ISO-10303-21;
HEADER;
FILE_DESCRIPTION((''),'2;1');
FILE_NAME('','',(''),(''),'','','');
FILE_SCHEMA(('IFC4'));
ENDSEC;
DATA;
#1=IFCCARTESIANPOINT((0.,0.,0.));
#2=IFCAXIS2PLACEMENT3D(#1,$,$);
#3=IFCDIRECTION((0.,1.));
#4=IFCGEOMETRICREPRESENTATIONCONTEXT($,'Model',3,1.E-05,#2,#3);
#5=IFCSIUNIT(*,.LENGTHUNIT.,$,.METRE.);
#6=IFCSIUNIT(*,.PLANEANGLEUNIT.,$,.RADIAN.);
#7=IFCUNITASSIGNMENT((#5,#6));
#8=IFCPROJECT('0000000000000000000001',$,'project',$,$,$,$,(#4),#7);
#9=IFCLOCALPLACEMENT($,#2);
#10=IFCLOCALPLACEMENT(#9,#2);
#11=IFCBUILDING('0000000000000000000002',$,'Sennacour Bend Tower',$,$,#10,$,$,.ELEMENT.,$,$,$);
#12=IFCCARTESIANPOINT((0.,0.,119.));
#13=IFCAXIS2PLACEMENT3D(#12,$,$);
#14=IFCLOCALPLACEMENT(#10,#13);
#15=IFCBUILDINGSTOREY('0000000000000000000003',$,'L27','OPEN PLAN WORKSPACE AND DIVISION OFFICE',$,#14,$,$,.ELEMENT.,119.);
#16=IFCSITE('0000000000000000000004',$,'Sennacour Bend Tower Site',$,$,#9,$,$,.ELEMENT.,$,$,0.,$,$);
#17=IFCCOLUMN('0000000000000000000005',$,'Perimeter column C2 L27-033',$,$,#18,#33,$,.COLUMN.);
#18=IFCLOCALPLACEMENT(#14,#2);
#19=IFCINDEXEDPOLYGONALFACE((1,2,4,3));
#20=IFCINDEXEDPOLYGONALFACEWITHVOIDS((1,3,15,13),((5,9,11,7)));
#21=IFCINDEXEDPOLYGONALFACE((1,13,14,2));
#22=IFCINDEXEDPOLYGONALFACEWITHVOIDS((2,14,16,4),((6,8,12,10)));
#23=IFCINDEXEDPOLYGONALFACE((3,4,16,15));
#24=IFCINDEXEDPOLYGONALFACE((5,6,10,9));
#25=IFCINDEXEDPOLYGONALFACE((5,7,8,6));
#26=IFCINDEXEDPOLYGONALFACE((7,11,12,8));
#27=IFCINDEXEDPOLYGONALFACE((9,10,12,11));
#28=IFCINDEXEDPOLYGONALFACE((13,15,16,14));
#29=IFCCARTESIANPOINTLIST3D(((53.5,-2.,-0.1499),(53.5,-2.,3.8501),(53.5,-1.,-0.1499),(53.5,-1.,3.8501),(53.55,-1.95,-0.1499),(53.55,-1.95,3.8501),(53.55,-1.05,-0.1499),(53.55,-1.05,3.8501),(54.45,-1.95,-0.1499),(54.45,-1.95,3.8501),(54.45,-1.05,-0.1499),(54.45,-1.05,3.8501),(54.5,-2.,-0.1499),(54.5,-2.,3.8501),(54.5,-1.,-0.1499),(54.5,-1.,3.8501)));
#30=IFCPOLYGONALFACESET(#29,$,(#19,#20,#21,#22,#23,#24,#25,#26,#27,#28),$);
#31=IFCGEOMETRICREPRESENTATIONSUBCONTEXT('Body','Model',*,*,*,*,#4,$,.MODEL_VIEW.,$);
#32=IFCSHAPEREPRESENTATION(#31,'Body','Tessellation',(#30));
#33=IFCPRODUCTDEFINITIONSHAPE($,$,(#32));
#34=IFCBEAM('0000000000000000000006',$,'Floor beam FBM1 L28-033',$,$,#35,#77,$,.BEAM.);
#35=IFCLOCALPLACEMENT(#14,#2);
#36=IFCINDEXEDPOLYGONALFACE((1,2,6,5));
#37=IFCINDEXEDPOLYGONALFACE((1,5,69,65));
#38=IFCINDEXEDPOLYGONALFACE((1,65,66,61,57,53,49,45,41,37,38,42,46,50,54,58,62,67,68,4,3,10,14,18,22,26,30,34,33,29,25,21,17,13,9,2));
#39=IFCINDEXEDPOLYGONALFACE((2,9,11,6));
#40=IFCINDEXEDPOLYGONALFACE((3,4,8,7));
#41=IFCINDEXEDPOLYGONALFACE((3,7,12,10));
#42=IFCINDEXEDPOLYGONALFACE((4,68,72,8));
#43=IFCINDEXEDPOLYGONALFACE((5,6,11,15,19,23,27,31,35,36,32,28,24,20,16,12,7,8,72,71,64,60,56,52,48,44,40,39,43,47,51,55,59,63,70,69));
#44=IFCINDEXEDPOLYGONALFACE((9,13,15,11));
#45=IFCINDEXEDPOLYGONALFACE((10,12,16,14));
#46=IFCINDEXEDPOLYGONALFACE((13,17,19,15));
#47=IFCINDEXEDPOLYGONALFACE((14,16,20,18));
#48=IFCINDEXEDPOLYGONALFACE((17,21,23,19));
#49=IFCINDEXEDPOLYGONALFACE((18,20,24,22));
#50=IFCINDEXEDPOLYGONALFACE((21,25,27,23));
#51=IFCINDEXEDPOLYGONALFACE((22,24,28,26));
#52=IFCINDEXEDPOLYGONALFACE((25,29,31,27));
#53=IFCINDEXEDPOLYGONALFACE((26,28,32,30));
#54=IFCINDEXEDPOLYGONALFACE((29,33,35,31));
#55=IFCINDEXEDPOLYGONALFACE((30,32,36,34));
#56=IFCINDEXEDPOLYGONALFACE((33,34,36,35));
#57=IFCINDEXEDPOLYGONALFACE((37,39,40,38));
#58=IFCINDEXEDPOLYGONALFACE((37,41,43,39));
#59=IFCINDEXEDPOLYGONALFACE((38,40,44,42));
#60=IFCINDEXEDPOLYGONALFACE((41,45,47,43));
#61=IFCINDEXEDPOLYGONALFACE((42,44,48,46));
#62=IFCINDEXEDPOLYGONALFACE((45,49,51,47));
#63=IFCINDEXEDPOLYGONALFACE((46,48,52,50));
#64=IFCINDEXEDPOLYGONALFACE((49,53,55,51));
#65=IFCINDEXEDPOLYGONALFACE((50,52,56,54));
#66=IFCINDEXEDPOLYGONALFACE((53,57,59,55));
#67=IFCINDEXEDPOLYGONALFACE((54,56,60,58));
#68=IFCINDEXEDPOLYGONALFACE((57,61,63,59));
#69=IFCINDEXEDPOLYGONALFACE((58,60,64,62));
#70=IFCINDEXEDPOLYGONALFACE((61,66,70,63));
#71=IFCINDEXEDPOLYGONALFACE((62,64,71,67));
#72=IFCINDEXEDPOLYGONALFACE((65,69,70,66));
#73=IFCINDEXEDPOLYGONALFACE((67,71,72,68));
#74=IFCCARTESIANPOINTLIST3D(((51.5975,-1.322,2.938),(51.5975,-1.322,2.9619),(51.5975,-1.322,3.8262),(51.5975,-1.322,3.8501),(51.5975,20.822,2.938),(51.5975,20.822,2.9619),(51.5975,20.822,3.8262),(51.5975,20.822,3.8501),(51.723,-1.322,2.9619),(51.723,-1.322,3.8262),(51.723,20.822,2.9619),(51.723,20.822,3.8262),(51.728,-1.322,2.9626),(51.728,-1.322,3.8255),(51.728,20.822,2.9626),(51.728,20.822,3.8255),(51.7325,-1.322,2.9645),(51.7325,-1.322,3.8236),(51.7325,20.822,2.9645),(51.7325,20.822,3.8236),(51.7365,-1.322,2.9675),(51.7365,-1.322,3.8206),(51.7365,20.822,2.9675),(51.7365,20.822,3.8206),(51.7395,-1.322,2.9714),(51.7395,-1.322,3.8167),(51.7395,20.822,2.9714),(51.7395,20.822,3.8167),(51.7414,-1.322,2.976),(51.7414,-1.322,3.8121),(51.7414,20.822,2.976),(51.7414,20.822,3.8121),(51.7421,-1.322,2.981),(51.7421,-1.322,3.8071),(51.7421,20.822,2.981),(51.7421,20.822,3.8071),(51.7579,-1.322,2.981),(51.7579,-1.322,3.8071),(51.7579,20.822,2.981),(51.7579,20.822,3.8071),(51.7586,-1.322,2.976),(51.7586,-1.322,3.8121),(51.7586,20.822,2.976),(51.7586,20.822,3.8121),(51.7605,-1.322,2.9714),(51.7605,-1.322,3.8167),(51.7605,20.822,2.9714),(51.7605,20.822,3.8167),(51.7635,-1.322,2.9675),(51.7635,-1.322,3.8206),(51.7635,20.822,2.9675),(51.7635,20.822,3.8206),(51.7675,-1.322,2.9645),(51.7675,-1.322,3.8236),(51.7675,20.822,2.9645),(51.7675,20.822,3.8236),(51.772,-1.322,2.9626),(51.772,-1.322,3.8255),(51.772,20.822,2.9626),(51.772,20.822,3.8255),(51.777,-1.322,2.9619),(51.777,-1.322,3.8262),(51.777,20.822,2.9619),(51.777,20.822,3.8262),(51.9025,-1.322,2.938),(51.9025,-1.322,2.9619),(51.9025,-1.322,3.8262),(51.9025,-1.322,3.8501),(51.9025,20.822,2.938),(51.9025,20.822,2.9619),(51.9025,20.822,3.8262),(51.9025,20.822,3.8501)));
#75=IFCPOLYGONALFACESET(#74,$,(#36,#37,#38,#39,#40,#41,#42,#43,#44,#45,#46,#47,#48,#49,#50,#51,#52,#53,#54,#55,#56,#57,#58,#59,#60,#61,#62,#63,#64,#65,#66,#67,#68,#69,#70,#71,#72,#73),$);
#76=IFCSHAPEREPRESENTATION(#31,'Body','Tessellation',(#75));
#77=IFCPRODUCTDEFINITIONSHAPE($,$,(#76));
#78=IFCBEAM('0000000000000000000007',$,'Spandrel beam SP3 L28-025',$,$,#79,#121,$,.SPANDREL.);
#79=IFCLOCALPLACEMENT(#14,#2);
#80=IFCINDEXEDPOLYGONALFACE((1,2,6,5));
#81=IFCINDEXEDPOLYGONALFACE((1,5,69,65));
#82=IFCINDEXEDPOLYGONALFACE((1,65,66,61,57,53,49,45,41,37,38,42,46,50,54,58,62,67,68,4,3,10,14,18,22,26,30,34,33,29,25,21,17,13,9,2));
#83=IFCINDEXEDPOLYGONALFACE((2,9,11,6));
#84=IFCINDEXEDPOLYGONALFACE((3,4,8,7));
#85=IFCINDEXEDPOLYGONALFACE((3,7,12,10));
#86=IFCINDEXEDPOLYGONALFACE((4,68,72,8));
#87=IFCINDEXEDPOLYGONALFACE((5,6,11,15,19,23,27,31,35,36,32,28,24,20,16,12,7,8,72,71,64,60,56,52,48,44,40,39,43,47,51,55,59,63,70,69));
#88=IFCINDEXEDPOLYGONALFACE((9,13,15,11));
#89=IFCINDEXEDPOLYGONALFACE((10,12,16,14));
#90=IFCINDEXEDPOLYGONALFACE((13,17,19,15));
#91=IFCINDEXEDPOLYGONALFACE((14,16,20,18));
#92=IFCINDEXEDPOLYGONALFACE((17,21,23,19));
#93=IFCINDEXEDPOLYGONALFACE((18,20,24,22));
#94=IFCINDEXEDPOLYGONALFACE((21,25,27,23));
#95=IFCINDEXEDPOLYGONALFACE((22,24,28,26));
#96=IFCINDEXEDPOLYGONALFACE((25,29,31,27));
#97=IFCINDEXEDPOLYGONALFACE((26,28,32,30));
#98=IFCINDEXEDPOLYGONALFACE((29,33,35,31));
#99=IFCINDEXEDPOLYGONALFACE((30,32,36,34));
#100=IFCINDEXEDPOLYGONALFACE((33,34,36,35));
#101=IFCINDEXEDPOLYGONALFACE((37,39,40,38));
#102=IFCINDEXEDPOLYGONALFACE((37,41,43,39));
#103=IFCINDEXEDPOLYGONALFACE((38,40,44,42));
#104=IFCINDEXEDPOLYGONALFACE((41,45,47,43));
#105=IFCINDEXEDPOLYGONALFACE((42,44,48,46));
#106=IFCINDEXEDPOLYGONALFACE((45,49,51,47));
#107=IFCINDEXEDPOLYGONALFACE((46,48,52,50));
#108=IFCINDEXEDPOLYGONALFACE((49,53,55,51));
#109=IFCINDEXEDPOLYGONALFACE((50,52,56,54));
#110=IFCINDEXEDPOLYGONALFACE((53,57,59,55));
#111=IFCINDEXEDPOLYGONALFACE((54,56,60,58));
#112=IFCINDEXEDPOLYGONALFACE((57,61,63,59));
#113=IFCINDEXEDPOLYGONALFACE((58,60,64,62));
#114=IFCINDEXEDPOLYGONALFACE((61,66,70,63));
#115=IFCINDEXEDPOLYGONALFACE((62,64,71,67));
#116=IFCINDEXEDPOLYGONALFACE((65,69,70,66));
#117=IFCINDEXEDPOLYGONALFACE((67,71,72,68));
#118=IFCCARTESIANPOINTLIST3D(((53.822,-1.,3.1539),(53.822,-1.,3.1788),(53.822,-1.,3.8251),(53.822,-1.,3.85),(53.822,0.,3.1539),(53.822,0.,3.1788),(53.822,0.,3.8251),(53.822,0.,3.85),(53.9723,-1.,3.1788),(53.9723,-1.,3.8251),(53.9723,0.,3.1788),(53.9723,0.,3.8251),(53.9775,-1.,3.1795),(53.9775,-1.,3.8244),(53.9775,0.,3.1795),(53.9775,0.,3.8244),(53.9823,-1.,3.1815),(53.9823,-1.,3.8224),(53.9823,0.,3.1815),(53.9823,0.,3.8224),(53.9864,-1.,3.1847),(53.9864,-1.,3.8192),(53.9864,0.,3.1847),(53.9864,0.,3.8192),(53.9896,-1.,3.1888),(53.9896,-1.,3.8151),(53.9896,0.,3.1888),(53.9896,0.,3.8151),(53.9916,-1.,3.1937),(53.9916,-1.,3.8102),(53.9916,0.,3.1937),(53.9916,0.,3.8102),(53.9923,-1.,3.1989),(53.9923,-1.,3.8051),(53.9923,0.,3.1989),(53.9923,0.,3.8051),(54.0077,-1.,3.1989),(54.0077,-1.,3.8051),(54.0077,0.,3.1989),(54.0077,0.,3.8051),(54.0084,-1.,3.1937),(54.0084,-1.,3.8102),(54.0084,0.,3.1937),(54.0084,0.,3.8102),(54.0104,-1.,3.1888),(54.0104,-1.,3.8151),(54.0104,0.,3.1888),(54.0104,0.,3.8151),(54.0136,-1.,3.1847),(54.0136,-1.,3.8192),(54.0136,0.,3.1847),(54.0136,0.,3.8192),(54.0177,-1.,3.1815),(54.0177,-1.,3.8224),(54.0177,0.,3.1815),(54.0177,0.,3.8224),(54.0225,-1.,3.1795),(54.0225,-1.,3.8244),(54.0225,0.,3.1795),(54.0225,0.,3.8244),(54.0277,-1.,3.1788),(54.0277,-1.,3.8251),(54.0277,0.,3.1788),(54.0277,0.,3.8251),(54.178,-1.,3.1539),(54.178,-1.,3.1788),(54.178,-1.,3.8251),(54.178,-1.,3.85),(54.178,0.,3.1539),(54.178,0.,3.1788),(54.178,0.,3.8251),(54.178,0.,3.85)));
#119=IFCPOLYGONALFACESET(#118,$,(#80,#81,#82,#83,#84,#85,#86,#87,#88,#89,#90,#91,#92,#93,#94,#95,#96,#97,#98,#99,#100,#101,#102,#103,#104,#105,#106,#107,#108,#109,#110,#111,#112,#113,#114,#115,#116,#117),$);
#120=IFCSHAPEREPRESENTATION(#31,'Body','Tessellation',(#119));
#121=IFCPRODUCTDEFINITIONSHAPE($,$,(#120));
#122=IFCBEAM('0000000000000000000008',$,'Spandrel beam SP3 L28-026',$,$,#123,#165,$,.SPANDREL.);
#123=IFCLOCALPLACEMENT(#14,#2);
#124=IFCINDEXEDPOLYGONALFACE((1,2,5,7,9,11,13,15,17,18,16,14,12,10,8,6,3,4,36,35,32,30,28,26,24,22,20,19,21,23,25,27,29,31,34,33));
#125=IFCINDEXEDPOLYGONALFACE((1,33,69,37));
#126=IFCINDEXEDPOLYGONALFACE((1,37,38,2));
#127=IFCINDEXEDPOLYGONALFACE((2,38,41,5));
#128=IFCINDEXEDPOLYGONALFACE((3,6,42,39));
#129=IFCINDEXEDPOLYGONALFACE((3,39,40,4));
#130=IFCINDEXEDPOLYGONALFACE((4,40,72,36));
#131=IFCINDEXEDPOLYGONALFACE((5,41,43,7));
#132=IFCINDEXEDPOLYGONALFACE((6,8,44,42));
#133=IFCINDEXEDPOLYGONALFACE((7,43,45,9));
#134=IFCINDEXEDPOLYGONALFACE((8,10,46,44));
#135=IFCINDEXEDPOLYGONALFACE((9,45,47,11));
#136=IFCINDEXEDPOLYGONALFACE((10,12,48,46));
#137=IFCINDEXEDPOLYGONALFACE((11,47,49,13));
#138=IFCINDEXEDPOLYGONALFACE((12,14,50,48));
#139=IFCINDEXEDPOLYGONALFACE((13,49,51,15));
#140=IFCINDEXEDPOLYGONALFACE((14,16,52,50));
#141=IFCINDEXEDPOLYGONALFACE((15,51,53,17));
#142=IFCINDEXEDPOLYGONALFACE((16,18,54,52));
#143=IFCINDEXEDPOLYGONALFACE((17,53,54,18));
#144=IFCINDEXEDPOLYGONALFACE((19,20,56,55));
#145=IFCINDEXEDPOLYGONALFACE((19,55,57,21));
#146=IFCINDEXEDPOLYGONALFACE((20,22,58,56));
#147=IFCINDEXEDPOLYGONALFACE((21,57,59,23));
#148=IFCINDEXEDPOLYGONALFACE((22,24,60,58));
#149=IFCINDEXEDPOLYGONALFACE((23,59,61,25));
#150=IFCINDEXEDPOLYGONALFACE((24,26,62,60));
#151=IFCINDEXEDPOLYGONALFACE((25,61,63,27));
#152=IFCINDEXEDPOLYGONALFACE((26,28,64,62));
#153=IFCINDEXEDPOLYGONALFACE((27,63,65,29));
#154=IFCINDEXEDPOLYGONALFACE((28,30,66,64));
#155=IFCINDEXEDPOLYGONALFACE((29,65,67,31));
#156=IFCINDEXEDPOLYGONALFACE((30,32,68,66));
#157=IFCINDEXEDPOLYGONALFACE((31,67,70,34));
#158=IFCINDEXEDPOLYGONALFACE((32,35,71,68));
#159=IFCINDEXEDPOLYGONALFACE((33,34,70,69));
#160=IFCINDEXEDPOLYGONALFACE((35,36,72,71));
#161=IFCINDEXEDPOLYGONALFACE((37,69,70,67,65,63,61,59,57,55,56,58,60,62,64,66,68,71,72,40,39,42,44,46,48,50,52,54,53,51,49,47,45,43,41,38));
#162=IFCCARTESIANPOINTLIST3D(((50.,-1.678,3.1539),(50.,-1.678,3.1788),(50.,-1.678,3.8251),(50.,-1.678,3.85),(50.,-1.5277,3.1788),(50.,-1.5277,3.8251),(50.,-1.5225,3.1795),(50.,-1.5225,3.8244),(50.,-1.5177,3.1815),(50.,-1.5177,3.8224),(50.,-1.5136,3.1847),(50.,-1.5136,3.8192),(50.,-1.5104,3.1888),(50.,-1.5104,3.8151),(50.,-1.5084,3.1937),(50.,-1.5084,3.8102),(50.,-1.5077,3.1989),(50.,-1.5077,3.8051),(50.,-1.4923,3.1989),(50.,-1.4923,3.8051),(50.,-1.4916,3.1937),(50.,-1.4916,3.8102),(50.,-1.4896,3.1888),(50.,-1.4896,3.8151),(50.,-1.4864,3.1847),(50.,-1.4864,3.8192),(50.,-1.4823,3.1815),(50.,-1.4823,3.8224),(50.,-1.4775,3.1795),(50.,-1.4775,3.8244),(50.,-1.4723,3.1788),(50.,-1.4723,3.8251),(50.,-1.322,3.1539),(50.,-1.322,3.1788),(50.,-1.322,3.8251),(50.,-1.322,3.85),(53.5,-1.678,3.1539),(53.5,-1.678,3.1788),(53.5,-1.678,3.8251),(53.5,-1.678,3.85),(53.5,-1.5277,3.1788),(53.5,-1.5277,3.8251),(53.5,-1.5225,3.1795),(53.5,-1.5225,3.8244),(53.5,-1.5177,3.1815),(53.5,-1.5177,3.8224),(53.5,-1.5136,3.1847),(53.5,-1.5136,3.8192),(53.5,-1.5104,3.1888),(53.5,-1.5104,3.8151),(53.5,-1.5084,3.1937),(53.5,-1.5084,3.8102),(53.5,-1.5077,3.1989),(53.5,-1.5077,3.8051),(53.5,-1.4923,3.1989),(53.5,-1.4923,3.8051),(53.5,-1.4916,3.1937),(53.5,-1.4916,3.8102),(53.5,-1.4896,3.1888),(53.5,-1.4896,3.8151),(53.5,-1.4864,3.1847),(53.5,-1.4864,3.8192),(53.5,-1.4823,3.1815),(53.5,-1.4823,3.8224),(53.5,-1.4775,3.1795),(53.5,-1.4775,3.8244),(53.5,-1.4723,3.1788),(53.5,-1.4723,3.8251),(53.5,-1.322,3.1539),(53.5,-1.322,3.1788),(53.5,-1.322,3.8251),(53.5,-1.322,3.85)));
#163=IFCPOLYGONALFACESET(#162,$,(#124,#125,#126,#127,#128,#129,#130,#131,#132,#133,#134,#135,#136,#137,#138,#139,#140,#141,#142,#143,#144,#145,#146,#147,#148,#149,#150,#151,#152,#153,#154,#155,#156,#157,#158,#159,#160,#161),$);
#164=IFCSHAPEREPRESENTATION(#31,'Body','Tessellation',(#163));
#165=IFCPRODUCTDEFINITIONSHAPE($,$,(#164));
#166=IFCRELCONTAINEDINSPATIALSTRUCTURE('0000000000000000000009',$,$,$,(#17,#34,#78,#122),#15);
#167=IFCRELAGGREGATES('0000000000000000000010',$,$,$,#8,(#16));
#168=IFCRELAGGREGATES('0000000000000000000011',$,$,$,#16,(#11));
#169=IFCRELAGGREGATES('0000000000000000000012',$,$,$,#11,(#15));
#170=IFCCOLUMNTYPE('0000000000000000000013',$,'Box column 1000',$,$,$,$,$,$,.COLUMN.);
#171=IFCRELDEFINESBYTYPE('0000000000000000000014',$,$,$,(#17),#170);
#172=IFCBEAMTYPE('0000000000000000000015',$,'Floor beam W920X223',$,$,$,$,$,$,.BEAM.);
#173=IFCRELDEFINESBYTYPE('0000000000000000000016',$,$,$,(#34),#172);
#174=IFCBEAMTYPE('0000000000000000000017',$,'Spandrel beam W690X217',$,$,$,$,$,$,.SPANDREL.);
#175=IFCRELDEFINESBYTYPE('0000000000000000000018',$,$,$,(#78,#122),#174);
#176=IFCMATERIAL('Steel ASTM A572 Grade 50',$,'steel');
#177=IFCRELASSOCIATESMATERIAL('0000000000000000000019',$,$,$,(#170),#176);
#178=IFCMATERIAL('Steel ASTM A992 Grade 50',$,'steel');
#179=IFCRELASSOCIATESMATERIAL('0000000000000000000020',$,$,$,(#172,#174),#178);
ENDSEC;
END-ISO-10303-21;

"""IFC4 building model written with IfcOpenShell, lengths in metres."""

from ifc_helpers import new_model, si_unit, direction, frame, origin, origin_2d, place, context, subcontext, project, spatial, hollow_rectangle, i_section, extrude, material, material_profile, profile_set, type_object, element, save


model = new_model("IFC4")

# Units and contexts
model_context = context("Model", 3, precision=1e-05, world=origin(), true_north=direction((0.0, 1.0)))
body_context = subcontext(model_context, "Body", "Model", "MODEL_VIEW")
ifc_project = project(units=[si_unit("LENGTHUNIT", "METRE"), si_unit("PLANEANGLEUNIT", "RADIAN")], contexts=[model_context])

# Site, building, storey
site_placement = place(None, origin())
site = spatial("IfcSite", under=ifc_project, at=site_placement, Name="Sennacour Bend Tower Site", CompositionType="ELEMENT", RefElevation=0.0)
building_placement = place(site_placement, origin())
building = spatial("IfcBuilding", under=site, at=building_placement, Name="Sennacour Bend Tower", CompositionType="ELEMENT")
storey_placement = place(building_placement, frame((0.0, 0.0, 119.0)))
storey = spatial("IfcBuildingStorey", under=building, at=storey_placement, Name="L27", Description="OPEN PLAN WORKSPACE AND DIVISION OFFICE", CompositionType="ELEMENT", Elevation=119.0)

# Column
ifc_material_1 = material(Name="Steel ASTM A572 Grade 50", Category="steel")
ifc_material_profile_1 = material_profile(ifc_material_1, hollow_rectangle(XDim=1.0, YDim=1.0, WallThickness=0.05, at=origin_2d()), Name="Steel ASTM A572 Grade 50", Category="steel")
ifc_profile_set_1 = profile_set([ifc_material_profile_1], Name="Steel ASTM A572 Grade 50")
column_type = type_object("IfcColumnType", Name="Box column 1000", PredefinedType="COLUMN", material=ifc_profile_set_1)
column_placement = place(storey_placement, frame((54.0, -1.5, -0.1499), z_axis=(0.0, 0.0, 1.0), x_axis=(1.0, 0.0, 0.0)))
element("IfcColumn", 1, at=column_placement, inside=storey, type_object=column_type, Name="Perimeter column C2 L27-033", PredefinedType="COLUMN", context=body_context, shape_type="SweptSolid", body=[
    extrude(hollow_rectangle(XDim=1.0, YDim=1.0, WallThickness=0.05, at=origin_2d()), origin(), (0.0, 0.0, 1.0), 4.0),
])

# Beams
ifc_material_2 = material(Name="Steel ASTM A992 Grade 50", Category="steel")
ifc_material_profile_2 = material_profile(ifc_material_2, i_section(OverallWidth=0.3049, OverallDepth=0.9121, WebThickness=0.0159, FlangeThickness=0.0239, FilletRadius=0.019, at=origin_2d()), Name="Steel ASTM A992 Grade 50", Category="steel")
ifc_profile_set_2 = profile_set([ifc_material_profile_2], Name="Steel ASTM A992 Grade 50")
beam_type_1 = type_object("IfcBeamType", Name="Floor beam W920X223", PredefinedType="BEAM", material=ifc_profile_set_2)
beam_1_placement = place(storey_placement, frame((51.75, -1.322, 3.394), z_axis=(0.0, 1.0, 0.0), x_axis=(-1.0, 0.0, 0.0)))
element("IfcBeam", 2, at=beam_1_placement, inside=storey, type_object=beam_type_1, Name="Floor beam FBM1 L28-033", PredefinedType="BEAM", context=body_context, shape_type="SweptSolid", body=[
    extrude(i_section(OverallWidth=0.3049, OverallDepth=0.9121, WebThickness=0.0159, FlangeThickness=0.0239, FilletRadius=0.019, at=origin_2d()), origin(), (0.0, 0.0, 1.0), 22.144),
])
ifc_material_profile_3 = material_profile(ifc_material_2, i_section(OverallWidth=0.356, OverallDepth=0.696, WebThickness=0.0154, FlangeThickness=0.0249, FilletRadius=0.02, at=origin_2d()), Name="Steel ASTM A992 Grade 50", Category="steel")
ifc_profile_set_3 = profile_set([ifc_material_profile_3], Name="Steel ASTM A992 Grade 50")
beam_type_2 = type_object("IfcBeamType", Name="Spandrel beam W690X217", PredefinedType="SPANDREL", material=ifc_profile_set_3)
beam_2_placement = place(storey_placement, frame((54.0, 0.0, 3.502), z_axis=(0.0, -1.0, 0.0), x_axis=(1.0, 0.0, 0.0)))
element("IfcBeam", 3, at=beam_2_placement, inside=storey, type_object=beam_type_2, Name="Spandrel beam SP3 L28-025", PredefinedType="SPANDREL", context=body_context, shape_type="SweptSolid", body=[
    extrude(i_section(OverallWidth=0.356, OverallDepth=0.696, WebThickness=0.0154, FlangeThickness=0.0249, FilletRadius=0.02, at=origin_2d()), origin(), (0.0, 0.0, 1.0), 1.0),
])
beam_3_placement = place(storey_placement, frame((53.5, -1.5, 3.502), z_axis=(-1.0, 0.0, 0.0), x_axis=(0.0, -1.0, 0.0)))
element("IfcBeam", 4, at=beam_3_placement, inside=storey, type_object=beam_type_2, Name="Spandrel beam SP3 L28-026", PredefinedType="SPANDREL", context=body_context, shape_type="SweptSolid", body=[
    extrude(i_section(OverallWidth=0.356, OverallDepth=0.696, WebThickness=0.0154, FlangeThickness=0.0249, FilletRadius=0.02, at=origin_2d()), origin(), (0.0, 0.0, 1.0), 3.5),
])

save(model, "model.ifc")
